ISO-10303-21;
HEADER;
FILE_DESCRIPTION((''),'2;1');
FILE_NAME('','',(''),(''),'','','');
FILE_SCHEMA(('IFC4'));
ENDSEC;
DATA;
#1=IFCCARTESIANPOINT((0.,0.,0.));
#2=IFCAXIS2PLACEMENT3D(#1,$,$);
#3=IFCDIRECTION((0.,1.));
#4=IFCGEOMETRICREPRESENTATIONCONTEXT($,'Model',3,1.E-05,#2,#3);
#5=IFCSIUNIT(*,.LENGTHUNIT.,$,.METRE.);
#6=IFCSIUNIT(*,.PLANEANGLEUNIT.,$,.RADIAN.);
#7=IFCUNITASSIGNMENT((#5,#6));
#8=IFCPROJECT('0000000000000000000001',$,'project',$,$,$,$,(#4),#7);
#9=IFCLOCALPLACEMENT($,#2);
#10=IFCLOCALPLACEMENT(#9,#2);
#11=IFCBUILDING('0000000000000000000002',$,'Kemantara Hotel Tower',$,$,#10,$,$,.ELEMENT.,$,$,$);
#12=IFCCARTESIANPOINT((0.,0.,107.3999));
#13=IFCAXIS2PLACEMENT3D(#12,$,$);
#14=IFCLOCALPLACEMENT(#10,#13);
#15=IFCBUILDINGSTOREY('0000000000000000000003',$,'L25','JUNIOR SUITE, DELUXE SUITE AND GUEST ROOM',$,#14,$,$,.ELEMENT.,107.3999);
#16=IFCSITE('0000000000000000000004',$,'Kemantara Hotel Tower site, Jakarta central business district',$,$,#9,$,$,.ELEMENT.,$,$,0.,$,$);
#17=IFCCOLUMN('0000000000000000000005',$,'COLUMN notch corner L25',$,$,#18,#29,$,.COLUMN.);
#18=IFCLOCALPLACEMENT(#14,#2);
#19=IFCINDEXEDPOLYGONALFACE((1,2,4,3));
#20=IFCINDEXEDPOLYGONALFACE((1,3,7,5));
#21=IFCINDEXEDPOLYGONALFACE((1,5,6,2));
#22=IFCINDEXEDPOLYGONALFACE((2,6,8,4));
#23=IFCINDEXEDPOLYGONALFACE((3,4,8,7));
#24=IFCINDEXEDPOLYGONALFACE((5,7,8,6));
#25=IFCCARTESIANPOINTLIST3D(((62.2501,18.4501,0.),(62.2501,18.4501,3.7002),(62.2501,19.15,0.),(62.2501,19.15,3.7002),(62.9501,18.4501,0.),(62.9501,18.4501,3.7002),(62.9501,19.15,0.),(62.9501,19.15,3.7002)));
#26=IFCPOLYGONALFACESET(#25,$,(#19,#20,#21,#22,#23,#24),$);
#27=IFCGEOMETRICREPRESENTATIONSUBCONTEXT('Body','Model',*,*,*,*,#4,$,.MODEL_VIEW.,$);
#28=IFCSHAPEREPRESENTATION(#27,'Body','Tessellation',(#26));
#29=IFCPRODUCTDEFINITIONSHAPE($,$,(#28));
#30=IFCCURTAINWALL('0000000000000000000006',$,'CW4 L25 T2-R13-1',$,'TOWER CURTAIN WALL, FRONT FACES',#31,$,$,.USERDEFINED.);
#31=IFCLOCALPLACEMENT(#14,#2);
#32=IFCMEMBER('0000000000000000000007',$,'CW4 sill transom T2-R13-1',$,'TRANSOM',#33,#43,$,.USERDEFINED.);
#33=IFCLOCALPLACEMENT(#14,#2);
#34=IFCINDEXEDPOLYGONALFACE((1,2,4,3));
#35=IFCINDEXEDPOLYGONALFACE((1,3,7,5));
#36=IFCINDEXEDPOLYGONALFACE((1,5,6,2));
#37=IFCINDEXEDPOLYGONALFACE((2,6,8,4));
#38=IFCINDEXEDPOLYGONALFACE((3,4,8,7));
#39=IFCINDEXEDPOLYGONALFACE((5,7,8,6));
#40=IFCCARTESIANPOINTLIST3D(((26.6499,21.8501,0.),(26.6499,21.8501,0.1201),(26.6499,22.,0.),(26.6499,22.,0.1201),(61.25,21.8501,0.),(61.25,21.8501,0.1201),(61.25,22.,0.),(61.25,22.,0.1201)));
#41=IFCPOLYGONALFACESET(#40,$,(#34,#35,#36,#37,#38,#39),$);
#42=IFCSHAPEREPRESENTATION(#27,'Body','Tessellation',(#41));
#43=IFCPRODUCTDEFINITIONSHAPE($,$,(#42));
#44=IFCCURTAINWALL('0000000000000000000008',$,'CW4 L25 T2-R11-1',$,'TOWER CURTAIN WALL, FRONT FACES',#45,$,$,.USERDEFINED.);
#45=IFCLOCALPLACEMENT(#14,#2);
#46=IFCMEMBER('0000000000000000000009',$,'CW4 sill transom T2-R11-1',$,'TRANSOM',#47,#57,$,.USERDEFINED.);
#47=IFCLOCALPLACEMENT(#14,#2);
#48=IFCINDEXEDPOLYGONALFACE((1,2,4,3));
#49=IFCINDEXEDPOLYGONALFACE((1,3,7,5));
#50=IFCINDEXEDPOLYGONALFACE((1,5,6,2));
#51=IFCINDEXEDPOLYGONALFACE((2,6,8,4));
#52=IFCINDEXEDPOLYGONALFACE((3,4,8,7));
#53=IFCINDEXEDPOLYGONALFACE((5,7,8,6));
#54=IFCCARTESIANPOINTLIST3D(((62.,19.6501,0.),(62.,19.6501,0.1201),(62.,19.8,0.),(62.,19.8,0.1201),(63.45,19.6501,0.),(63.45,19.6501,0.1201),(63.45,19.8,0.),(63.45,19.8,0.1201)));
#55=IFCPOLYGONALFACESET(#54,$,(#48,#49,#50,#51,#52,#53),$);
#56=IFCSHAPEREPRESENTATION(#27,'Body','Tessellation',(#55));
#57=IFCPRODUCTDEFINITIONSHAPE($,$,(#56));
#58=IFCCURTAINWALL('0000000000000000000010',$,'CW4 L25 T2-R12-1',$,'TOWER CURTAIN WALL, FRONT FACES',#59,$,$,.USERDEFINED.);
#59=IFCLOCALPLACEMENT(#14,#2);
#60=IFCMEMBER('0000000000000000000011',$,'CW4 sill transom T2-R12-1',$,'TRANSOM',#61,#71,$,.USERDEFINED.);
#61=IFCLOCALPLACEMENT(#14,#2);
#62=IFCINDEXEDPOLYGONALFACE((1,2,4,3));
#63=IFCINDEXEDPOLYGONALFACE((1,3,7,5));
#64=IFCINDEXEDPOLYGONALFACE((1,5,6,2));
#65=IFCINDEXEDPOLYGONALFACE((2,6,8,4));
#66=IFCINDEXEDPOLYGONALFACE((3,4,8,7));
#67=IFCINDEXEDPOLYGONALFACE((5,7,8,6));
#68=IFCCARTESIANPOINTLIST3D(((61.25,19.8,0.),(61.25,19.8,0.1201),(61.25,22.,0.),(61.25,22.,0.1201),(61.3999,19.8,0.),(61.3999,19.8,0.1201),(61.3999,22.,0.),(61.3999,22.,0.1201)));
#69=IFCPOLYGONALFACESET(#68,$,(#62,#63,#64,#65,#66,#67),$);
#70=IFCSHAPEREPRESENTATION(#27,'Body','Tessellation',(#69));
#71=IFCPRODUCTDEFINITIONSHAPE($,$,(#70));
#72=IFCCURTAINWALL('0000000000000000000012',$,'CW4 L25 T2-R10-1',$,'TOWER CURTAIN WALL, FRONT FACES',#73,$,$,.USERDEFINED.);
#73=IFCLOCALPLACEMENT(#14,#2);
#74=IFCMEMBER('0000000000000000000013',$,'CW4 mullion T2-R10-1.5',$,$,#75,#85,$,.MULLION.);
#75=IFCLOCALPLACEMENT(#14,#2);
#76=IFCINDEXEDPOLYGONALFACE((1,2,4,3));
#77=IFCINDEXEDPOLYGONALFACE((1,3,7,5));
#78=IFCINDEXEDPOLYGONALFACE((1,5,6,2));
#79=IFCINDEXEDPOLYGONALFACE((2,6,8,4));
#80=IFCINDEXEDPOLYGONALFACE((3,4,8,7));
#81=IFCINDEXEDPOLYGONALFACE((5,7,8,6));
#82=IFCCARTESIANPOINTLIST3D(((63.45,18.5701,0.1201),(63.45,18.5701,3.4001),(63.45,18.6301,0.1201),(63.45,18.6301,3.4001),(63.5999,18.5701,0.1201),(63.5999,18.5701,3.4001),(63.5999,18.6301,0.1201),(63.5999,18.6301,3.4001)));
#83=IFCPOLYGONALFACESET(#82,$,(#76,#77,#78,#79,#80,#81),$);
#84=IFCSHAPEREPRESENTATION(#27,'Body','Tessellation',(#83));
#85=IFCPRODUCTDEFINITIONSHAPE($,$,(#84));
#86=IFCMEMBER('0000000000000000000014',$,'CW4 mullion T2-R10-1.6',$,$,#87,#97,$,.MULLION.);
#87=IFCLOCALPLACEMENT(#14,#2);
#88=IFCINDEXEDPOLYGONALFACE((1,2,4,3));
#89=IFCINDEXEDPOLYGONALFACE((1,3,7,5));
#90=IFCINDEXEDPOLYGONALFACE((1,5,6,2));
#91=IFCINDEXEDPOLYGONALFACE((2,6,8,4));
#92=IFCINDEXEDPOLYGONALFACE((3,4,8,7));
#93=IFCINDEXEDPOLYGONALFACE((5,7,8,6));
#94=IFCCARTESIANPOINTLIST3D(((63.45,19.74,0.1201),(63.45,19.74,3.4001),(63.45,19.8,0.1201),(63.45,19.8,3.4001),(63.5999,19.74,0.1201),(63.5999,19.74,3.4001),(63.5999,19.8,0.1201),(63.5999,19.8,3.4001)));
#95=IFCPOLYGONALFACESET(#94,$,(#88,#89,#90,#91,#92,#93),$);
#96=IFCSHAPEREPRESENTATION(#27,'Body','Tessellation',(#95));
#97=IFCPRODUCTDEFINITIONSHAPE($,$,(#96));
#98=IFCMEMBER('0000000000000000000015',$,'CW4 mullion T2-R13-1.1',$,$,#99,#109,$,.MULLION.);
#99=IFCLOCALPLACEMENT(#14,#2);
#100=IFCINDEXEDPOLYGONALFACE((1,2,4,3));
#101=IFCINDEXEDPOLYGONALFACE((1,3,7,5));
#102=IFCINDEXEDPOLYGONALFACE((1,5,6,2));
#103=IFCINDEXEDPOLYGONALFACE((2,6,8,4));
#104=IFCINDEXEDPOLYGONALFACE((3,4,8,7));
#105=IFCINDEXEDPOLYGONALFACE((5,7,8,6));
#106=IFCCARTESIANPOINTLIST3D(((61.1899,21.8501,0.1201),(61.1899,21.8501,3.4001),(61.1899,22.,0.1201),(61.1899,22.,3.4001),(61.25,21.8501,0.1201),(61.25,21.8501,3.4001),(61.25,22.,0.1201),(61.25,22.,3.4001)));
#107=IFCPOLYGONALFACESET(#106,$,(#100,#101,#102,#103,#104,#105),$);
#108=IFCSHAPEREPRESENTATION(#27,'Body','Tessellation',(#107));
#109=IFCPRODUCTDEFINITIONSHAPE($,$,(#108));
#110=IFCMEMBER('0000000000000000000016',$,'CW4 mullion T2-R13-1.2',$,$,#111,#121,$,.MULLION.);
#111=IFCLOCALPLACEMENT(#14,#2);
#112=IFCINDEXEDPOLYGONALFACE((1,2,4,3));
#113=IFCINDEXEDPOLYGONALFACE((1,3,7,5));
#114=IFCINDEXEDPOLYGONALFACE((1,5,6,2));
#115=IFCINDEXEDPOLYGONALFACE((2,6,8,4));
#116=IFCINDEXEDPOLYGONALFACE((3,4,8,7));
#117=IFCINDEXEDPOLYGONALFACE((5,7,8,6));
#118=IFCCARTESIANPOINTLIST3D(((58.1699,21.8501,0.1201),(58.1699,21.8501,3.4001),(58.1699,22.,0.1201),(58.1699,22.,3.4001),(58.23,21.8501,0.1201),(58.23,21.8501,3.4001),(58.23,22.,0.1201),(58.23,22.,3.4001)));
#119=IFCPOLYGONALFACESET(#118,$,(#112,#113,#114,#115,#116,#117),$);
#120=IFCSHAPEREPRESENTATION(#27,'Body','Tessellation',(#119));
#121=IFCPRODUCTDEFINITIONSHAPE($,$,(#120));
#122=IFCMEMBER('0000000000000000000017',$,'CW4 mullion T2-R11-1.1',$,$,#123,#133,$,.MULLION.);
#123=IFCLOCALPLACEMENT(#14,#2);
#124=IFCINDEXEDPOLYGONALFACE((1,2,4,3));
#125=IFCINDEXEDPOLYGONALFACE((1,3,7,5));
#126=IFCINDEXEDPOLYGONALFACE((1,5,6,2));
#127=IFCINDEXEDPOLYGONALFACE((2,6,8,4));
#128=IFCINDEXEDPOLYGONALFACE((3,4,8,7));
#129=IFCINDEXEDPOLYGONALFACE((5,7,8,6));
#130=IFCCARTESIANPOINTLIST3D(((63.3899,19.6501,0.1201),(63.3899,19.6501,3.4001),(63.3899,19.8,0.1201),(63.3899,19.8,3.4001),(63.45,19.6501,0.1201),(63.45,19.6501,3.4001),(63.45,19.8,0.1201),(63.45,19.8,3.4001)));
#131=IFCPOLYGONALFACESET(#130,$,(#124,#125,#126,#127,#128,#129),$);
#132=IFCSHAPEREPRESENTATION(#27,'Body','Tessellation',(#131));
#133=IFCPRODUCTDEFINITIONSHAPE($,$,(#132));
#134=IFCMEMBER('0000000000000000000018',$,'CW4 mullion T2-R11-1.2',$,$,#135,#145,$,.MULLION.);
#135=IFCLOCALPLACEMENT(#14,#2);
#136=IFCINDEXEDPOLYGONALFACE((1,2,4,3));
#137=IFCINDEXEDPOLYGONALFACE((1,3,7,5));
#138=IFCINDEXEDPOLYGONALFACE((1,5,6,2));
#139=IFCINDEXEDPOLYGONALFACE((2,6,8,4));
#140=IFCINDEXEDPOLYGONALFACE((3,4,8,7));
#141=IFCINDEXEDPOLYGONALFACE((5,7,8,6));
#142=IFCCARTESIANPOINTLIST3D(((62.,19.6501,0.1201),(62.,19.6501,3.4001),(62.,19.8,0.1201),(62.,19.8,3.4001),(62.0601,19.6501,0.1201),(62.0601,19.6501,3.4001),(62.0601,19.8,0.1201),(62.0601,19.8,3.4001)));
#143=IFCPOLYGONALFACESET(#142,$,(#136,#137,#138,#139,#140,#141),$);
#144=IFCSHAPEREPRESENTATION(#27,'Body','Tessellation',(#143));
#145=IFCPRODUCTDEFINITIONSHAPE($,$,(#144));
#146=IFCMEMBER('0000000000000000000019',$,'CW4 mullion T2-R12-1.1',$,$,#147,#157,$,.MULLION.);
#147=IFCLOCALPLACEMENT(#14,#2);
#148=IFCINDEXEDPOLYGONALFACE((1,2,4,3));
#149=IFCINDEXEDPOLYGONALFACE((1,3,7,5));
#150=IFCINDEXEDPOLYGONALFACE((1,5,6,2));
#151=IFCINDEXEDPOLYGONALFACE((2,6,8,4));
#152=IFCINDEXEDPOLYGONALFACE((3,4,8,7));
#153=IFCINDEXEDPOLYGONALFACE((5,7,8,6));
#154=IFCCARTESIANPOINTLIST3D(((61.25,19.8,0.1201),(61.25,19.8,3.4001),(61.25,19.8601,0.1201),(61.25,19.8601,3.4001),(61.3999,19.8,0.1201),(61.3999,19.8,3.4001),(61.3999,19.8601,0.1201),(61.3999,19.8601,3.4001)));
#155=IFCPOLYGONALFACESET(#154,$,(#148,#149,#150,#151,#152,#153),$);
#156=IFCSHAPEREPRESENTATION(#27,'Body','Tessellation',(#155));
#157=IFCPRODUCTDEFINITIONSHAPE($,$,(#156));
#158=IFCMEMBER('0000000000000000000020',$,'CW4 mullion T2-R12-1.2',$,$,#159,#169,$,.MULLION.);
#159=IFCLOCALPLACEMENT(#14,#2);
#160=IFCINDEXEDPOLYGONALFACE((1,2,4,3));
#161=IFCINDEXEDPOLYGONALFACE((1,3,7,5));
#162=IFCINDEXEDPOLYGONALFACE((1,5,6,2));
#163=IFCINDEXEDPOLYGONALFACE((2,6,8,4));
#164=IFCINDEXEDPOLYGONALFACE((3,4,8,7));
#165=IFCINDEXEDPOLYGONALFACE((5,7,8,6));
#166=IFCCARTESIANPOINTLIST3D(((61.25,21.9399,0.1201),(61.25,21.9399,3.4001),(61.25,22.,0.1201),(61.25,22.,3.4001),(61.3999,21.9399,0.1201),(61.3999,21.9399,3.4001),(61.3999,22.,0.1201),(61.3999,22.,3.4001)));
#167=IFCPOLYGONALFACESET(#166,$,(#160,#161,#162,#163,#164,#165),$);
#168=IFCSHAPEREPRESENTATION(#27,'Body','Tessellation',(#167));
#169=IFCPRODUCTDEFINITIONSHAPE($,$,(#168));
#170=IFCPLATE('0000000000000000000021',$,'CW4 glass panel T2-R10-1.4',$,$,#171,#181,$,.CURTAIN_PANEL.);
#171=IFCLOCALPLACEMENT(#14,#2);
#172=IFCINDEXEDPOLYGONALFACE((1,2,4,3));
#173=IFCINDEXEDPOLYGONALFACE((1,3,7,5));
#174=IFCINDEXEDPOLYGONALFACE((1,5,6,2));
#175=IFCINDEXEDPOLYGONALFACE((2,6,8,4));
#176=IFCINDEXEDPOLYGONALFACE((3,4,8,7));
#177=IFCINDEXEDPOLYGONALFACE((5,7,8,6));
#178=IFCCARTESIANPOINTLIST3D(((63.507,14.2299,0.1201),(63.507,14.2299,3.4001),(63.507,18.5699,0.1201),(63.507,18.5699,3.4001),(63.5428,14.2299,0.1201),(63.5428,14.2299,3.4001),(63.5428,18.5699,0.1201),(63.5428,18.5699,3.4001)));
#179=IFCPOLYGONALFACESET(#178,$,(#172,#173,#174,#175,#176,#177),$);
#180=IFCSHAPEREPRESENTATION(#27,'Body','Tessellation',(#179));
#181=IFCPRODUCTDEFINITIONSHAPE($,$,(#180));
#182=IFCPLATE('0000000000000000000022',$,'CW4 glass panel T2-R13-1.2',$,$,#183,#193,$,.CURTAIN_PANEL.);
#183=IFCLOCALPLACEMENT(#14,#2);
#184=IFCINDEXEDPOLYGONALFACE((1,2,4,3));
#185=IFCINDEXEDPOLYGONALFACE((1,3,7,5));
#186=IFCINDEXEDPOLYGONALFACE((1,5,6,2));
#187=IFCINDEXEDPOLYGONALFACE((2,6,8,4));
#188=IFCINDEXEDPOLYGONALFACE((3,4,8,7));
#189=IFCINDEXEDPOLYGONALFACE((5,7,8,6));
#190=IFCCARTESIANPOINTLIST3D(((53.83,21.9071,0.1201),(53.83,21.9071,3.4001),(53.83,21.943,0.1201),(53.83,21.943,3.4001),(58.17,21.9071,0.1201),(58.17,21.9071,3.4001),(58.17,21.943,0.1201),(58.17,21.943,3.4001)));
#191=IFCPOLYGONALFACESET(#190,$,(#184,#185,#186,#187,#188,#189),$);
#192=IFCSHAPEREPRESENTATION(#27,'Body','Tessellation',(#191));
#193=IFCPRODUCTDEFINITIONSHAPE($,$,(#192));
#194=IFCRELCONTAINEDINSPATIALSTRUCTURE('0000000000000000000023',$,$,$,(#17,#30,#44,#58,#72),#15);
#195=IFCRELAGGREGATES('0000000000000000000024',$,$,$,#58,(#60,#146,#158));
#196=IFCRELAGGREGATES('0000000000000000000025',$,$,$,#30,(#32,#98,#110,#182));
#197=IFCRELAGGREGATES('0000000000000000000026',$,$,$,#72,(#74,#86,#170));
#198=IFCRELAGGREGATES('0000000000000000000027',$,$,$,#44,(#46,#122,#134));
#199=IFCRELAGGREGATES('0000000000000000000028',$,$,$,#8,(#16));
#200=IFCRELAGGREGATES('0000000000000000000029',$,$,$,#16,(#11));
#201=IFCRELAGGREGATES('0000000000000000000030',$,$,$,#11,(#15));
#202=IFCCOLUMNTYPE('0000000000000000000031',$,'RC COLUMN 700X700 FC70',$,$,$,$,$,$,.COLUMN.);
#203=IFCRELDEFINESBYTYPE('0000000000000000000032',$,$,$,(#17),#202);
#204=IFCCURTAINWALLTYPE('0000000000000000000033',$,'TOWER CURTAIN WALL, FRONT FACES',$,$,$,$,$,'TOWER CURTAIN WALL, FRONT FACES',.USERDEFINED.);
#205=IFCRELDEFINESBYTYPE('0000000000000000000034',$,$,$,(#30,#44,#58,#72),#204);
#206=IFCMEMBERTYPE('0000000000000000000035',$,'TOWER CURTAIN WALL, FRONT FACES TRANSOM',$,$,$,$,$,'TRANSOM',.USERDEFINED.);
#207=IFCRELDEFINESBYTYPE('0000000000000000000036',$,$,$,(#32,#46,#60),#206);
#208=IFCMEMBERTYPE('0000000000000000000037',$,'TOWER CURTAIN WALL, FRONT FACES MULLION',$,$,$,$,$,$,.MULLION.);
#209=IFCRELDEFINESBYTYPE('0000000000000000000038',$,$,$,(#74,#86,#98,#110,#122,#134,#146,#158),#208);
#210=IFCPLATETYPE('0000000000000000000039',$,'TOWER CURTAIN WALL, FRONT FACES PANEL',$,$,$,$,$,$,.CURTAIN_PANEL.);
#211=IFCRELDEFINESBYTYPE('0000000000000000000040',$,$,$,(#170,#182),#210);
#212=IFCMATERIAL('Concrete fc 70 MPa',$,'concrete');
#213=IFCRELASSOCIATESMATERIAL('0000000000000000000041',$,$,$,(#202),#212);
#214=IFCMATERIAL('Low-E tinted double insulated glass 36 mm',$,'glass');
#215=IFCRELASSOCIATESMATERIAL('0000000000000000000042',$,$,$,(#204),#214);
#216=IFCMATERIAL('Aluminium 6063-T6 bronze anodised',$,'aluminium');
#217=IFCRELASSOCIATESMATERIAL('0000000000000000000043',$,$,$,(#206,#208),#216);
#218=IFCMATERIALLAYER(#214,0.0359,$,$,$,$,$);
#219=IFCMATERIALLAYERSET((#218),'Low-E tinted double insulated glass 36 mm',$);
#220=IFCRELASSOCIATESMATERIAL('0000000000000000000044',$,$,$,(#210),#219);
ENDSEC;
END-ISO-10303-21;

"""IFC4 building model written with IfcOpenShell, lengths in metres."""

from ifc_helpers import new_model, si_unit, direction, frame, origin, origin_2d, place, context, subcontext, project, spatial, rectangle, extrude, source, transform, mapped, material, layer, layer_set, material_profile, profile_set, type_object, element, aggregate, save


model = new_model("IFC4")

# Units and contexts
model_context = context("Model", 3, precision=1e-05, world=origin(), true_north=direction((0.0, 1.0)))
body_context = subcontext(model_context, "Body", "Model", "MODEL_VIEW")
ifc_project = project(units=[si_unit("LENGTHUNIT", "METRE"), si_unit("PLANEANGLEUNIT", "RADIAN")], contexts=[model_context])

# Site, building, storey
site_placement = place(None, origin())
site = spatial("IfcSite", under=ifc_project, at=site_placement, Name="Kemantara Hotel Tower site, Jakarta central business district", CompositionType="ELEMENT", RefElevation=0.0)
building_placement = place(site_placement, origin())
building = spatial("IfcBuilding", under=site, at=building_placement, Name="Kemantara Hotel Tower", CompositionType="ELEMENT")
storey_placement = place(building_placement, frame((0.0, 0.0, 107.3999)))
storey = spatial("IfcBuildingStorey", under=building, at=storey_placement, Name="L25", Description="JUNIOR SUITE, DELUXE SUITE AND GUEST ROOM", CompositionType="ELEMENT", Elevation=107.3999)

# Column
ifc_material_1 = material(Name="Concrete fc 70 MPa", Category="concrete")
ifc_material_profile_1 = material_profile(ifc_material_1, rectangle(XDim=0.7, YDim=0.7, at=origin_2d()), Name="RC 700X700")
ifc_profile_set_1 = profile_set([ifc_material_profile_1], Name="Concrete fc 70 MPa")
column_type = type_object("IfcColumnType", Name="RC COLUMN 700X700 FC70", PredefinedType="COLUMN", material=ifc_profile_set_1)
column_placement = place(storey_placement, frame((62.6001, 18.8, 0.0), z_axis=(0.0, 0.0, 1.0), x_axis=(1.0, 0.0, 0.0)))
element("IfcColumn", 1, at=column_placement, inside=storey, type_object=column_type, Name="COLUMN notch corner L25", PredefinedType="COLUMN", context=body_context, shape_type="SweptSolid", body=[
    extrude(rectangle(XDim=0.7, YDim=0.7, at=origin_2d()), origin(), (0.0, 0.0, 1.0), 3.7002),
])

# Curtain walls, members
ifc_material_2 = material(Name="Low-E tinted double insulated glass 36 mm", Category="glass")
curtain_wall_type = type_object("IfcCurtainWallType", Name="TOWER CURTAIN WALL, FRONT FACES", ElementType="TOWER CURTAIN WALL, FRONT FACES", PredefinedType="USERDEFINED", material=ifc_material_2)
curtain_wall_1_placement = place(storey_placement, origin())
curtain_wall_1 = element("IfcCurtainWall", 2, at=curtain_wall_1_placement, inside=storey, type_object=curtain_wall_type, Name="CW4 L25 T2-R13-1", ObjectType="TOWER CURTAIN WALL, FRONT FACES", PredefinedType="USERDEFINED")
ifc_material_3 = material(Name="Aluminium 6063-T6 bronze anodised", Category="aluminium")
ifc_material_profile_2 = material_profile(ifc_material_3, rectangle(XDim=0.1499, YDim=0.1201, at=origin_2d()), Name="TOWER CURTAIN WALL, FRONT FACES TRANSOM")
ifc_profile_set_2 = profile_set([ifc_material_profile_2], Name="Aluminium 6063-T6 bronze anodised")
member_type_1 = type_object("IfcMemberType", Name="TOWER CURTAIN WALL, FRONT FACES TRANSOM", ElementType="TRANSOM", PredefinedType="USERDEFINED", material=ifc_profile_set_2)
member_1_placement = place(storey_placement, frame((61.25, 21.925, 0.0601), z_axis=(-1.0, 0.0, 0.0), x_axis=(0.0, -1.0, 0.0)))
member_1 = element("IfcMember", 3, at=member_1_placement, type_object=member_type_1, Name="CW4 sill transom T2-R13-1", ObjectType="TRANSOM", PredefinedType="USERDEFINED", context=body_context, shape_type="SweptSolid", body=[
    extrude(rectangle(XDim=0.1499, YDim=0.1201, at=origin_2d()), origin(), (0.0, 0.0, 1.0), 34.6001),
])
curtain_wall_2_placement = place(storey_placement, origin())
curtain_wall_2 = element("IfcCurtainWall", 4, at=curtain_wall_2_placement, inside=storey, type_object=curtain_wall_type, Name="CW4 L25 T2-R11-1", ObjectType="TOWER CURTAIN WALL, FRONT FACES", PredefinedType="USERDEFINED")
member_2_placement = place(storey_placement, frame((63.45, 19.7251, 0.0601), z_axis=(-1.0, 0.0, 0.0), x_axis=(0.0, -1.0, 0.0)))
member_2 = element("IfcMember", 5, at=member_2_placement, type_object=member_type_1, Name="CW4 sill transom T2-R11-1", ObjectType="TRANSOM", PredefinedType="USERDEFINED", context=body_context, shape_type="SweptSolid", body=[
    extrude(rectangle(XDim=0.1499, YDim=0.1201, at=origin_2d()), origin(), (0.0, 0.0, 1.0), 1.45),
])
curtain_wall_3_placement = place(storey_placement, origin())
curtain_wall_3 = element("IfcCurtainWall", 6, at=curtain_wall_3_placement, inside=storey, type_object=curtain_wall_type, Name="CW4 L25 T2-R12-1", ObjectType="TOWER CURTAIN WALL, FRONT FACES", PredefinedType="USERDEFINED")
member_3_placement = place(storey_placement, frame((61.325, 19.8, 0.0601), z_axis=(0.0, 1.0, 0.0), x_axis=(-1.0, 0.0, 0.0)))
member_3 = element("IfcMember", 7, at=member_3_placement, type_object=member_type_1, Name="CW4 sill transom T2-R12-1", ObjectType="TRANSOM", PredefinedType="USERDEFINED", context=body_context, shape_type="SweptSolid", body=[
    extrude(rectangle(XDim=0.1499, YDim=0.1201, at=origin_2d()), origin(), (0.0, 0.0, 1.0), 2.2),
])

# Curtain wall, members
curtain_wall_4_placement = place(storey_placement, origin())
curtain_wall_4 = element("IfcCurtainWall", 8, at=curtain_wall_4_placement, inside=storey, type_object=curtain_wall_type, Name="CW4 L25 T2-R10-1", ObjectType="TOWER CURTAIN WALL, FRONT FACES", PredefinedType="USERDEFINED")
ifc_material_profile_3 = material_profile(ifc_material_3, rectangle(XDim=0.1499, YDim=0.0601, at=origin_2d()), Name="TOWER CURTAIN WALL, FRONT FACES MULLION")
ifc_profile_set_3 = profile_set([ifc_material_profile_3], Name="Aluminium 6063-T6 bronze anodised")
member_type_2 = type_object("IfcMemberType", Name="TOWER CURTAIN WALL, FRONT FACES MULLION", PredefinedType="MULLION", material=ifc_profile_set_3)
shared_shape_1 = source(origin(), body_context, "Body", "SweptSolid", [
    extrude(rectangle(XDim=0.1499, YDim=0.0601, at=origin_2d()), origin(), (0.0, 0.0, 1.0), 3.28),
])
member_4_placement = place(storey_placement, frame((63.5249, 18.6001, 0.1201), z_axis=(0.0, 0.0, 1.0), x_axis=(-1.0, 0.0, 0.0)))
member_4 = element("IfcMember", 9, at=member_4_placement, type_object=member_type_2, Name="CW4 mullion T2-R10-1.5", PredefinedType="MULLION", context=body_context, shape_type="MappedRepresentation", body=[
    mapped(shared_shape_1, transform((0.0, 0.0, 0.0))),
])
member_5_placement = place(storey_placement, frame((63.5249, 19.77, 0.1201), z_axis=(0.0, 0.0, 1.0), x_axis=(-1.0, 0.0, 0.0)))
member_5 = element("IfcMember", 10, at=member_5_placement, type_object=member_type_2, Name="CW4 mullion T2-R10-1.6", PredefinedType="MULLION", context=body_context, shape_type="MappedRepresentation", body=[
    mapped(shared_shape_1, transform((0.0, 0.0, 0.0))),
])

# Members
member_6_placement = place(storey_placement, frame((61.22, 21.925, 0.1201), z_axis=(0.0, 0.0, 1.0), x_axis=(0.0, -1.0, 0.0)))
member_6 = element("IfcMember", 11, at=member_6_placement, type_object=member_type_2, Name="CW4 mullion T2-R13-1.1", PredefinedType="MULLION", context=body_context, shape_type="MappedRepresentation", body=[
    mapped(shared_shape_1, transform((0.0, 0.0, 0.0))),
])
member_7_placement = place(storey_placement, frame((58.2, 21.925, 0.1201), z_axis=(0.0, 0.0, 1.0), x_axis=(0.0, -1.0, 0.0)))
member_7 = element("IfcMember", 12, at=member_7_placement, type_object=member_type_2, Name="CW4 mullion T2-R13-1.2", PredefinedType="MULLION", context=body_context, shape_type="MappedRepresentation", body=[
    mapped(shared_shape_1, transform((0.0, 0.0, 0.0))),
])
member_8_placement = place(storey_placement, frame((63.4199, 19.7251, 0.1201), z_axis=(0.0, 0.0, 1.0), x_axis=(0.0, -1.0, 0.0)))
member_8 = element("IfcMember", 13, at=member_8_placement, type_object=member_type_2, Name="CW4 mullion T2-R11-1.1", PredefinedType="MULLION", context=body_context, shape_type="MappedRepresentation", body=[
    mapped(shared_shape_1, transform((0.0, 0.0, 0.0))),
])
member_9_placement = place(storey_placement, frame((62.03, 19.7251, 0.1201), z_axis=(0.0, 0.0, 1.0), x_axis=(0.0, -1.0, 0.0)))
member_9 = element("IfcMember", 14, at=member_9_placement, type_object=member_type_2, Name="CW4 mullion T2-R11-1.2", PredefinedType="MULLION", context=body_context, shape_type="MappedRepresentation", body=[
    mapped(shared_shape_1, transform((0.0, 0.0, 0.0))),
])
member_10_placement = place(storey_placement, frame((61.325, 19.8301, 0.1201), z_axis=(0.0, 0.0, 1.0), x_axis=(-1.0, 0.0, 0.0)))
member_10 = element("IfcMember", 15, at=member_10_placement, type_object=member_type_2, Name="CW4 mullion T2-R12-1.1", PredefinedType="MULLION", context=body_context, shape_type="MappedRepresentation", body=[
    mapped(shared_shape_1, transform((0.0, 0.0, 0.0))),
])
member_11_placement = place(storey_placement, frame((61.325, 21.97, 0.1201), z_axis=(0.0, 0.0, 1.0), x_axis=(-1.0, 0.0, 0.0)))
member_11 = element("IfcMember", 16, at=member_11_placement, type_object=member_type_2, Name="CW4 mullion T2-R12-1.2", PredefinedType="MULLION", context=body_context, shape_type="MappedRepresentation", body=[
    mapped(shared_shape_1, transform((0.0, 0.0, 0.0))),
])

# Plates
ifc_layer_1 = layer(ifc_material_2, 0.0359)
ifc_layer_set_1 = layer_set([ifc_layer_1], Name="Low-E tinted double insulated glass 36 mm")
plate_type = type_object("IfcPlateType", Name="TOWER CURTAIN WALL, FRONT FACES PANEL", PredefinedType="CURTAIN_PANEL", material=ifc_layer_set_1)
shared_shape_2 = source(origin(), body_context, "Body", "SweptSolid", [
    extrude(rectangle(XDim=4.3401, YDim=0.0359, at=origin_2d()), origin(), (0.0, 0.0, 1.0), 3.28),
])
plate_1_placement = place(storey_placement, frame((63.5249, 16.3999, 0.1201), z_axis=(0.0, 0.0, 1.0), x_axis=(0.0, 1.0, 0.0)))
plate_1 = element("IfcPlate", 17, at=plate_1_placement, type_object=plate_type, Name="CW4 glass panel T2-R10-1.4", PredefinedType="CURTAIN_PANEL", context=body_context, shape_type="MappedRepresentation", body=[
    mapped(shared_shape_2, transform((0.0, 0.0, 0.0))),
])
plate_2_placement = place(storey_placement, frame((56.0, 21.925, 0.1201), z_axis=(0.0, 0.0, 1.0), x_axis=(-1.0, 0.0, 0.0)))
plate_2 = element("IfcPlate", 18, at=plate_2_placement, type_object=plate_type, Name="CW4 glass panel T2-R13-1.2", PredefinedType="CURTAIN_PANEL", context=body_context, shape_type="MappedRepresentation", body=[
    mapped(shared_shape_2, transform((0.0, 0.0, 0.0))),
])
aggregate(curtain_wall_3, [member_3, member_10, member_11])
aggregate(curtain_wall_1, [member_1, member_6, member_7, plate_2])
aggregate(curtain_wall_4, [member_4, member_5, plate_1])
aggregate(curtain_wall_2, [member_2, member_8, member_9])

save(model, "model.ifc")
